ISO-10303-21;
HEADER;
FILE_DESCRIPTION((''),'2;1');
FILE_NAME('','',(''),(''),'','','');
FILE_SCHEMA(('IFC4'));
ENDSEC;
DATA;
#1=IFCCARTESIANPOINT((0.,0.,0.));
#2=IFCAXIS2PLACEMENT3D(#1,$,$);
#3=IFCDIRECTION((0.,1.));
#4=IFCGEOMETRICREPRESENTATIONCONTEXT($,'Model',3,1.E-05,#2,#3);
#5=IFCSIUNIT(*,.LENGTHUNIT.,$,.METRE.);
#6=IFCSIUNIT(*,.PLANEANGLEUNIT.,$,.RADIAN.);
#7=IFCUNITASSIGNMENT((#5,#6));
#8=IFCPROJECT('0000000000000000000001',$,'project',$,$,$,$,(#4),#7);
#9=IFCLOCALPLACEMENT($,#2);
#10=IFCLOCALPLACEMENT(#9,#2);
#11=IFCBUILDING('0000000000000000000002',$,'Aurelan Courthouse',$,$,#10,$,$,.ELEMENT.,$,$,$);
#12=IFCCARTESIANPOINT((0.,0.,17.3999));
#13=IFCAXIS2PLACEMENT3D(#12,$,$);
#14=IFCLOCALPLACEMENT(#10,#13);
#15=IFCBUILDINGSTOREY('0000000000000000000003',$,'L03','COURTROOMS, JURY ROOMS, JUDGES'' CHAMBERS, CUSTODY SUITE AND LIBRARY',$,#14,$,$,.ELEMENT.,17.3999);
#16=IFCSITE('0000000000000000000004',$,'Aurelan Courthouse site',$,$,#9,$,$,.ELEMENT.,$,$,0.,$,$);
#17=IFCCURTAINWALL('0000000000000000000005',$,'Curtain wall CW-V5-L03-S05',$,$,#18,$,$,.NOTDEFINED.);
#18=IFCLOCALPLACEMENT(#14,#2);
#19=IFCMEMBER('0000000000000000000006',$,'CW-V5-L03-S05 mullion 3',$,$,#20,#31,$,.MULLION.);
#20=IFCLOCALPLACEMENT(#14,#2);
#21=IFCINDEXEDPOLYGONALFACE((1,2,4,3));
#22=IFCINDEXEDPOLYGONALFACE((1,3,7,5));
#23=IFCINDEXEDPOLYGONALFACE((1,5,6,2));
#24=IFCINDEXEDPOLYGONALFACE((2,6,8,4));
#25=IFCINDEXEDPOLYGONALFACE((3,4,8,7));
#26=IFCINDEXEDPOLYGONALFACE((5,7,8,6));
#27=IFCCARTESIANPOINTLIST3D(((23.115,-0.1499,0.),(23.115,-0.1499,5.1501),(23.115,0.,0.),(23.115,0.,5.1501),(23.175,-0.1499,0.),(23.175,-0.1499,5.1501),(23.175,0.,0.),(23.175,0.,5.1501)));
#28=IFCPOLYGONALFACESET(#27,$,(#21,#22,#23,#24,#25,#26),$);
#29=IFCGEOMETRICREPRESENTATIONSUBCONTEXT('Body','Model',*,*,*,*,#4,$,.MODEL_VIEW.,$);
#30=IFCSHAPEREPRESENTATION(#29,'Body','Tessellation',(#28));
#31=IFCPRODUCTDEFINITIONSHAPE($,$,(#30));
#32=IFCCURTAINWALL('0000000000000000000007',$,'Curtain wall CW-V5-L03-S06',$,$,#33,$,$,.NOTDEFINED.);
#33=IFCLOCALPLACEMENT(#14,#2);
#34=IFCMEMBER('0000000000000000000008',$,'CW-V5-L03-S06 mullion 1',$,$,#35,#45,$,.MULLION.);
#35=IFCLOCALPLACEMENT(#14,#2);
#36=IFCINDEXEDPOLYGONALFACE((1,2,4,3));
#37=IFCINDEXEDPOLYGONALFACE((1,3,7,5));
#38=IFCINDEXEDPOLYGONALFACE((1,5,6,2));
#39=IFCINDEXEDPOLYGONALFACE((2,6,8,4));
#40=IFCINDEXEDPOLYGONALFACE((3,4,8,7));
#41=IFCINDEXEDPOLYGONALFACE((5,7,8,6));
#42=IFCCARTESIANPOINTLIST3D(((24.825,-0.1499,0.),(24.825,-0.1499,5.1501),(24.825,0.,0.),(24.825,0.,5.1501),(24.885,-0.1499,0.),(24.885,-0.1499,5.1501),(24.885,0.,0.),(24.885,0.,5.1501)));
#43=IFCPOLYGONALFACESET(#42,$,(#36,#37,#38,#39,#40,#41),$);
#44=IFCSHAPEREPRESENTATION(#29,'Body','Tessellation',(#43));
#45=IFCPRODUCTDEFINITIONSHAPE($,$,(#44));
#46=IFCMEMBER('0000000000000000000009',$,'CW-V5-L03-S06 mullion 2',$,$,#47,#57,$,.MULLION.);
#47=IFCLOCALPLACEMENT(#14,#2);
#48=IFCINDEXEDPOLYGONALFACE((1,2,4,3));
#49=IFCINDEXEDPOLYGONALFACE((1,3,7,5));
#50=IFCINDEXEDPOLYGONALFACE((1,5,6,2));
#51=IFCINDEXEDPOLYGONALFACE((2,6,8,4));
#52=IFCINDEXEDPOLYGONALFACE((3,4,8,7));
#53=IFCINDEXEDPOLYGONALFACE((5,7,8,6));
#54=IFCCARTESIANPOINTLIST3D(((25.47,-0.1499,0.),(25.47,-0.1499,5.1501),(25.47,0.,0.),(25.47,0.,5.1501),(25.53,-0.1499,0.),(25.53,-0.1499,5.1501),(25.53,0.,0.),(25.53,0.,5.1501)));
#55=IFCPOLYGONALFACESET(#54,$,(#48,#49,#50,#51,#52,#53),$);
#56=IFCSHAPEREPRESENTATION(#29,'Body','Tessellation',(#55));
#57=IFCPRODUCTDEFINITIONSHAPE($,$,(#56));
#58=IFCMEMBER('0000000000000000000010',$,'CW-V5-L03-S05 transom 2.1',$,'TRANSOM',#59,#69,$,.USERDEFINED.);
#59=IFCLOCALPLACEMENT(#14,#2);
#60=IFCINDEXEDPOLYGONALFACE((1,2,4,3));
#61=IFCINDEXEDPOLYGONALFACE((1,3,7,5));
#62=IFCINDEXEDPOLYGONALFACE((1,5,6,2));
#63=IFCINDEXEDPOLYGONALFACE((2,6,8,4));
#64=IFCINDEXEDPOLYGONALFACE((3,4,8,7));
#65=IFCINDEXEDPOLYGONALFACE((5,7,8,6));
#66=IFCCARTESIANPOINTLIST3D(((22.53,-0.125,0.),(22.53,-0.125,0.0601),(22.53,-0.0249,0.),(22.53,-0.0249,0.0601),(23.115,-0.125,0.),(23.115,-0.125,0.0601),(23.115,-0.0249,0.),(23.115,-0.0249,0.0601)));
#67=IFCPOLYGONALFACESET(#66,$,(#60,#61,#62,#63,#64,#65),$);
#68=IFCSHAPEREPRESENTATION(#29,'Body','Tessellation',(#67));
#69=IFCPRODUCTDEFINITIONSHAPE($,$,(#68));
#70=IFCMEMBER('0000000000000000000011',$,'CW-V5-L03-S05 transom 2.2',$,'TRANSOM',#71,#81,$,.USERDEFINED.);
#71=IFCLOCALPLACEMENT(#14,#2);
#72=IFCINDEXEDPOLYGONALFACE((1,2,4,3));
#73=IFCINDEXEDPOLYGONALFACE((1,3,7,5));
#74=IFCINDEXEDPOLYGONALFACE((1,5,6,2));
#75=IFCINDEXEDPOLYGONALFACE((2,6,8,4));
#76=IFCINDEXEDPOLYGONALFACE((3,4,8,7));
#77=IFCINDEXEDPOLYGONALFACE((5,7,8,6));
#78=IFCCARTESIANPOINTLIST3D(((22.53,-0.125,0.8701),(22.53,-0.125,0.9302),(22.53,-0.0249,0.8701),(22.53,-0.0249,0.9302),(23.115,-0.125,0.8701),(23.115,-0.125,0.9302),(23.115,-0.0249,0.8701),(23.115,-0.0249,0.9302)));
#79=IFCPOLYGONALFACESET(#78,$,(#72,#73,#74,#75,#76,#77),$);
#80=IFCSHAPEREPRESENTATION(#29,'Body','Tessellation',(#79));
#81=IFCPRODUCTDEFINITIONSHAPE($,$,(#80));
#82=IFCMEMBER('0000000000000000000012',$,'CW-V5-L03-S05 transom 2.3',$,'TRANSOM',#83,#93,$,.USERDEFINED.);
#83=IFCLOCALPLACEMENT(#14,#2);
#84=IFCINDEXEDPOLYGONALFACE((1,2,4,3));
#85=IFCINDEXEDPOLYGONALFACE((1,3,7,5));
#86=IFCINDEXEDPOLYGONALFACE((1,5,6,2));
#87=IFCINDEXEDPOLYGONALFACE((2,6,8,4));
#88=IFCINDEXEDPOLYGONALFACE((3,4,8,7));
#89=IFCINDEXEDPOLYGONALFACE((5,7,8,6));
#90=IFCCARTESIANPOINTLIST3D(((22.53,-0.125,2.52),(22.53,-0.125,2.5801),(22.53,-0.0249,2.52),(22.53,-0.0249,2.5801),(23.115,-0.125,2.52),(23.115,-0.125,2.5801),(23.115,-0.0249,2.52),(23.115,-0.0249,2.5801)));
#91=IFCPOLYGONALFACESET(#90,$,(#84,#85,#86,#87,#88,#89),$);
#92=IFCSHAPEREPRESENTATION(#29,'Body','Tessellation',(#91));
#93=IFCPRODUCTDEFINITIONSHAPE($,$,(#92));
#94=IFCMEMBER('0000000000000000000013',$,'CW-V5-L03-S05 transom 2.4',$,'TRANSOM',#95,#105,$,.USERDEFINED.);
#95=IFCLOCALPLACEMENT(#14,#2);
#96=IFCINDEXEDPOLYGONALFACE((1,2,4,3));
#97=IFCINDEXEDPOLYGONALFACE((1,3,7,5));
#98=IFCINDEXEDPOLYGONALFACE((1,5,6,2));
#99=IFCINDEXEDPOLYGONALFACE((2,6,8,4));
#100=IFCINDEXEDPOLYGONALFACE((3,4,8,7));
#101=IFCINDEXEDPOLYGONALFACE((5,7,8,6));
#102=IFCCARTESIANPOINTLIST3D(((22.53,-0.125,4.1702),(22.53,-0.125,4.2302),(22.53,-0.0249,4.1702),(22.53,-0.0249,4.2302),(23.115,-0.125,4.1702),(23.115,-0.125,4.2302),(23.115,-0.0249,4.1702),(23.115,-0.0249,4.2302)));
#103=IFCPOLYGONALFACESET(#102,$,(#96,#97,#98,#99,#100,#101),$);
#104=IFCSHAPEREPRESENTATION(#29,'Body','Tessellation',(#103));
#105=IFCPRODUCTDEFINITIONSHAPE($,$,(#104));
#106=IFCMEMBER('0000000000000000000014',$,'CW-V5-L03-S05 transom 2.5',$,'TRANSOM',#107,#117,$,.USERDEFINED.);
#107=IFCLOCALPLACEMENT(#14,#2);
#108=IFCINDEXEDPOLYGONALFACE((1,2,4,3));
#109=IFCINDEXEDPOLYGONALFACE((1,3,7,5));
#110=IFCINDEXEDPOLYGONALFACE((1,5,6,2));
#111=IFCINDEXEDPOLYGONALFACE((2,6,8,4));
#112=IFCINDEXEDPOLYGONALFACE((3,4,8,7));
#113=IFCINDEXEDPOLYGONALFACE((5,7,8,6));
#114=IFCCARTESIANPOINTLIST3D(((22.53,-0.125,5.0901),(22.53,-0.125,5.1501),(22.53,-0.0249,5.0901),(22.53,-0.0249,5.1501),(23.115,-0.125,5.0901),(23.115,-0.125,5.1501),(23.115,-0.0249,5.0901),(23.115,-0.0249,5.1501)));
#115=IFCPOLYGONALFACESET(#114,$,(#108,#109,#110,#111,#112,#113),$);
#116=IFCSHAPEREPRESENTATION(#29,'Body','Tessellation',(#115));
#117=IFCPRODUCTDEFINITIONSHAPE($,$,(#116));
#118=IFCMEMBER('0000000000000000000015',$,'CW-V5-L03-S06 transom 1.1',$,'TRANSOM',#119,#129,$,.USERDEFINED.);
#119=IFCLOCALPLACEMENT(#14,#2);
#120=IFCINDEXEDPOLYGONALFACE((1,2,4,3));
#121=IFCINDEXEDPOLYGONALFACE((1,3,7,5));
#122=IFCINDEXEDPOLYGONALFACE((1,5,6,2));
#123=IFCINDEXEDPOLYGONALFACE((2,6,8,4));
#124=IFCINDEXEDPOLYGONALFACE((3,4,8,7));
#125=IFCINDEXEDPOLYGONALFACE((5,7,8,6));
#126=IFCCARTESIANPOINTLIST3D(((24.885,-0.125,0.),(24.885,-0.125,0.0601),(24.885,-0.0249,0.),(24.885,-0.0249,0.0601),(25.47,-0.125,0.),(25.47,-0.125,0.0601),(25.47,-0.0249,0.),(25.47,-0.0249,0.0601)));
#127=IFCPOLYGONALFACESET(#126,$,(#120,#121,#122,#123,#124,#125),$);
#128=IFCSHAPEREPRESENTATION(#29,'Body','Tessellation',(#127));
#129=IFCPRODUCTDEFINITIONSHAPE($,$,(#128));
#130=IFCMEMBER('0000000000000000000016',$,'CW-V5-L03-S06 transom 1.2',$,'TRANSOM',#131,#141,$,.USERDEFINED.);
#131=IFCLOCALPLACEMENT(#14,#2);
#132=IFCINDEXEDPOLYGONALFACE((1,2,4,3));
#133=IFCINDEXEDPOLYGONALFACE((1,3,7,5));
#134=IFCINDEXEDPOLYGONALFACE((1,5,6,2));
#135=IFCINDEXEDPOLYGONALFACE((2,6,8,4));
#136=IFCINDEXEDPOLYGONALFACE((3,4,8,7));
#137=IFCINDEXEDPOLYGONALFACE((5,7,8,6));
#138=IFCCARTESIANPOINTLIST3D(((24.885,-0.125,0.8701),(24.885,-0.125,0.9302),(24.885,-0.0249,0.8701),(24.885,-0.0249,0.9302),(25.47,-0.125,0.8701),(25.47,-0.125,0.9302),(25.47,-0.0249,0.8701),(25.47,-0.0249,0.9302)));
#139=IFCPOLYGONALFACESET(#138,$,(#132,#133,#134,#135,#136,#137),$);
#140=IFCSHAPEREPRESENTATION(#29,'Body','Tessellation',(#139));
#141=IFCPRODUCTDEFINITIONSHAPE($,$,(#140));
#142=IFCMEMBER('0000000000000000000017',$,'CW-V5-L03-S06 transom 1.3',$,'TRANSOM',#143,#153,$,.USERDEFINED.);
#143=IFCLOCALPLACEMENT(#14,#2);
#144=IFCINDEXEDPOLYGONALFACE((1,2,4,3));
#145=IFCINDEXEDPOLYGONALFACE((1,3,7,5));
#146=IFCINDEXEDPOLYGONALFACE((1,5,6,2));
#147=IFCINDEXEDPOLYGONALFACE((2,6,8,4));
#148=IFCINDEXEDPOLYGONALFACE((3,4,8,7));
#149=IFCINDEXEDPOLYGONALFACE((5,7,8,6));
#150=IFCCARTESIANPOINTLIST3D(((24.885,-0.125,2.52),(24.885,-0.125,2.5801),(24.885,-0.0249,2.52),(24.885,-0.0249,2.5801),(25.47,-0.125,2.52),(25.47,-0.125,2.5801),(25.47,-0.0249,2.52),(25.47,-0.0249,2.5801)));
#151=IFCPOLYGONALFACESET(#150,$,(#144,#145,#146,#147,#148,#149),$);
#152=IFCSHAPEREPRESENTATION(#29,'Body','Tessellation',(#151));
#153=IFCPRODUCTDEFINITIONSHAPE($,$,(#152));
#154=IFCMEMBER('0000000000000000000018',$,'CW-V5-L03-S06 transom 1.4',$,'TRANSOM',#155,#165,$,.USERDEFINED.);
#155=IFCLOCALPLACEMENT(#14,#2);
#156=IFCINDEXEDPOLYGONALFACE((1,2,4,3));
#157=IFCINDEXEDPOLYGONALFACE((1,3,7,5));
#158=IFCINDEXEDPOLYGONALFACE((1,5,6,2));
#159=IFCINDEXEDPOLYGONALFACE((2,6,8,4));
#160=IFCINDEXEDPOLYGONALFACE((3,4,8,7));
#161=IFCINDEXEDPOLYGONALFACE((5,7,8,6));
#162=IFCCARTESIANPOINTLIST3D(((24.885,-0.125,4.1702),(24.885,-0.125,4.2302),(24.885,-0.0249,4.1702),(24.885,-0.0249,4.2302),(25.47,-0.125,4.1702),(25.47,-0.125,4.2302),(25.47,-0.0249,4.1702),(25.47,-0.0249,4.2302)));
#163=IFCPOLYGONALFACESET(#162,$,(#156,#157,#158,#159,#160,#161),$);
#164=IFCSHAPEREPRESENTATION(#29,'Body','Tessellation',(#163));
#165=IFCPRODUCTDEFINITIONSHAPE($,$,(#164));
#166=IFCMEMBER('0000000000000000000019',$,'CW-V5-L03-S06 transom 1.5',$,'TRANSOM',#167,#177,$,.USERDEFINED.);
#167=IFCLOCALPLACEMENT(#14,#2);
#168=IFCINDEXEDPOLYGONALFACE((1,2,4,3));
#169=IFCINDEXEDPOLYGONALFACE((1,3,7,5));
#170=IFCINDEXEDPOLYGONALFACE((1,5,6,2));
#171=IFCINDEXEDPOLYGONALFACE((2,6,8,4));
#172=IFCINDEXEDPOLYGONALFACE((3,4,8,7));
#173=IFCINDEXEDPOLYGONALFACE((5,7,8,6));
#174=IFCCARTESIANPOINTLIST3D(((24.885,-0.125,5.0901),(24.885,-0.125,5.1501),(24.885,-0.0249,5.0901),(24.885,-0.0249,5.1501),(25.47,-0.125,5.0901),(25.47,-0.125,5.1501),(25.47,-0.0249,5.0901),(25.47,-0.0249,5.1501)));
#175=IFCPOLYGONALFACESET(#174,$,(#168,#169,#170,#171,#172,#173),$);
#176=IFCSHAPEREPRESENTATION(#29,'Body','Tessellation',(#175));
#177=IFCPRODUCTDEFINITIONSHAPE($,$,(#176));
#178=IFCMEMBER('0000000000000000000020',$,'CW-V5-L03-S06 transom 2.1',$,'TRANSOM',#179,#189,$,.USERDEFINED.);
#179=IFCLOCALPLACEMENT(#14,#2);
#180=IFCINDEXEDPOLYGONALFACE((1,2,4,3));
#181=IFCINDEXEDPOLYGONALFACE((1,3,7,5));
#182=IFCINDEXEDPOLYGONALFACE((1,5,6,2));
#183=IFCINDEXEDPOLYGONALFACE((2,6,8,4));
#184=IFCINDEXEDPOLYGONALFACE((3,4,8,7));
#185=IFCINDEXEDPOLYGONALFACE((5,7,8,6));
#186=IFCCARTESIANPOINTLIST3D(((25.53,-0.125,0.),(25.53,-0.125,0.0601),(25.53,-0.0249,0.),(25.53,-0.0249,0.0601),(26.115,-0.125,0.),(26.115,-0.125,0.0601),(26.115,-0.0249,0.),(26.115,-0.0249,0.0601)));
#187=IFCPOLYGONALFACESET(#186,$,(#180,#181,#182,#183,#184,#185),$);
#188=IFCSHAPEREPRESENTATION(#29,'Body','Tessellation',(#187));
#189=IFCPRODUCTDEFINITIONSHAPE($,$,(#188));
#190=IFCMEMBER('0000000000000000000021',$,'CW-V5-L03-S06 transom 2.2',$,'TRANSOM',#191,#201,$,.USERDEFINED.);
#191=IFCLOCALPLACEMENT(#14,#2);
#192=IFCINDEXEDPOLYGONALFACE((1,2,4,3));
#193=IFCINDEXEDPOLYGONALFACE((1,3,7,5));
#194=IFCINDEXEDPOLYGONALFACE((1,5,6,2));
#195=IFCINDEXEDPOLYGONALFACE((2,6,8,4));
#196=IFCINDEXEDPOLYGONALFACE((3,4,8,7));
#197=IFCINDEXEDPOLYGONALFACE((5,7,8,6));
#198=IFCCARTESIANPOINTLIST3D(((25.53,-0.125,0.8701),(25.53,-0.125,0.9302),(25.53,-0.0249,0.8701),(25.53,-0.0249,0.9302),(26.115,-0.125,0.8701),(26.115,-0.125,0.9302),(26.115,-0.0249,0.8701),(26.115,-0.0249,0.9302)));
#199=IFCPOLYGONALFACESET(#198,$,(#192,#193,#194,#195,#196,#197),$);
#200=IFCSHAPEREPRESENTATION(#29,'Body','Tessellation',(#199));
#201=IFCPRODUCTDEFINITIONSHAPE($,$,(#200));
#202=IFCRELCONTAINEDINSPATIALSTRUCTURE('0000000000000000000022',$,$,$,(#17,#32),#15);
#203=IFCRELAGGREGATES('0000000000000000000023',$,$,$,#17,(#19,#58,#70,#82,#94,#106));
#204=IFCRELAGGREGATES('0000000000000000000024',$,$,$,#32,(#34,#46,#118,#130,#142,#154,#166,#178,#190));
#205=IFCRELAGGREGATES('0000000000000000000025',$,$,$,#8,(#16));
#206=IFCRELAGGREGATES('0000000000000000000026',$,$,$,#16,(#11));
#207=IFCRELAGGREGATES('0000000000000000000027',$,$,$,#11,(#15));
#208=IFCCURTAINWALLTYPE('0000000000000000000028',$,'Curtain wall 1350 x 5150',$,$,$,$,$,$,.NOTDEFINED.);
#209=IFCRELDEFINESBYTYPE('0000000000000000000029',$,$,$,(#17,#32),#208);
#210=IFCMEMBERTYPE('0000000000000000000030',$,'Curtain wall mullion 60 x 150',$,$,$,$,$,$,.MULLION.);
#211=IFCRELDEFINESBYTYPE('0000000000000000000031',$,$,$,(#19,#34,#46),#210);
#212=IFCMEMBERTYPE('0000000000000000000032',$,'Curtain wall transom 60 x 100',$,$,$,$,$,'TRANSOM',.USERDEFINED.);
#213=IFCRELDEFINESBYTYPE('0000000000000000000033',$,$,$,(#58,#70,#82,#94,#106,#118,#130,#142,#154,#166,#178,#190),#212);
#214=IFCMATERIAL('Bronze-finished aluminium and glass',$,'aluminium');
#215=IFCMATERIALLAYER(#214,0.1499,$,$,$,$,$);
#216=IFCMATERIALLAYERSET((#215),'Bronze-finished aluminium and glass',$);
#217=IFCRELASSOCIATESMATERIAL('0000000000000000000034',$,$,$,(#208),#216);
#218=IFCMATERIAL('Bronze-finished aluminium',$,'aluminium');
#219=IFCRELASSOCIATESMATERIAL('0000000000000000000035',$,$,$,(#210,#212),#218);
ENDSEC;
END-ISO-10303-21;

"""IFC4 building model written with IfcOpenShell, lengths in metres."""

from ifc_helpers import new_model, si_unit, direction, frame, origin, origin_2d, place, context, subcontext, project, spatial, rectangle, extrude, material, layer, layer_set, material_profile, profile_set, type_object, element, aggregate, save


model = new_model("IFC4")

# Units and contexts
model_context = context("Model", 3, precision=1e-05, world=origin(), true_north=direction((0.0, 1.0)))
body_context = subcontext(model_context, "Body", "Model", "MODEL_VIEW")
ifc_project = project(units=[si_unit("LENGTHUNIT", "METRE"), si_unit("PLANEANGLEUNIT", "RADIAN")], contexts=[model_context])

# Site, building, storey
site_placement = place(None, origin())
site = spatial("IfcSite", under=ifc_project, at=site_placement, Name="Aurelan Courthouse site", CompositionType="ELEMENT", RefElevation=0.0)
building_placement = place(site_placement, origin())
building = spatial("IfcBuilding", under=site, at=building_placement, Name="Aurelan Courthouse", CompositionType="ELEMENT")
storey_placement = place(building_placement, frame((0.0, 0.0, 17.3999)))
storey = spatial("IfcBuildingStorey", under=building, at=storey_placement, Name="L03", Description="COURTROOMS, JURY ROOMS, JUDGES' CHAMBERS, CUSTODY SUITE AND LIBRARY", CompositionType="ELEMENT", Elevation=17.3999)

# Curtain wall, member
ifc_material_1 = material(Name="Bronze-finished aluminium and glass", Category="aluminium")
ifc_layer_1 = layer(ifc_material_1, 0.1499)
ifc_layer_set_1 = layer_set([ifc_layer_1], Name="Bronze-finished aluminium and glass")
curtain_wall_type = type_object("IfcCurtainWallType", Name="Curtain wall 1350 x 5150", PredefinedType="NOTDEFINED", material=ifc_layer_set_1)
curtain_wall_1_placement = place(storey_placement, origin())
curtain_wall_1 = element("IfcCurtainWall", 1, at=curtain_wall_1_placement, inside=storey, type_object=curtain_wall_type, Name="Curtain wall CW-V5-L03-S05", PredefinedType="NOTDEFINED")
ifc_material_2 = material(Name="Bronze-finished aluminium", Category="aluminium")
ifc_material_profile_1 = material_profile(ifc_material_2, rectangle(XDim=0.1499, YDim=0.0601, at=origin_2d()), Name="Bronze mullion 60 x 150")
ifc_profile_set_1 = profile_set([ifc_material_profile_1], Name="Bronze-finished aluminium")
member_type_1 = type_object("IfcMemberType", Name="Curtain wall mullion 60 x 150", PredefinedType="MULLION", material=ifc_profile_set_1)
member_1_placement = place(storey_placement, frame((23.145, -0.075, 0.0), z_axis=(0.0, 0.0, 1.0), x_axis=(0.0, 1.0, 0.0)))
member_1 = element("IfcMember", 2, at=member_1_placement, type_object=member_type_1, Name="CW-V5-L03-S05 mullion 3", PredefinedType="MULLION", context=body_context, shape_type="SweptSolid", body=[
    extrude(rectangle(XDim=0.1499, YDim=0.0601, at=origin_2d()), origin(), (0.0, 0.0, 1.0), 5.1501),
])

# Curtain wall, members
curtain_wall_2_placement = place(storey_placement, origin())
curtain_wall_2 = element("IfcCurtainWall", 3, at=curtain_wall_2_placement, inside=storey, type_object=curtain_wall_type, Name="Curtain wall CW-V5-L03-S06", PredefinedType="NOTDEFINED")
member_2_placement = place(storey_placement, frame((24.855, -0.075, 0.0), z_axis=(0.0, 0.0, 1.0), x_axis=(0.0, 1.0, 0.0)))
member_2 = element("IfcMember", 4, at=member_2_placement, type_object=member_type_1, Name="CW-V5-L03-S06 mullion 1", PredefinedType="MULLION", context=body_context, shape_type="SweptSolid", body=[
    extrude(rectangle(XDim=0.1499, YDim=0.0601, at=origin_2d()), origin(), (0.0, 0.0, 1.0), 5.1501),
])
member_3_placement = place(storey_placement, frame((25.5, -0.075, 0.0), z_axis=(0.0, 0.0, 1.0), x_axis=(0.0, 1.0, 0.0)))
member_3 = element("IfcMember", 5, at=member_3_placement, type_object=member_type_1, Name="CW-V5-L03-S06 mullion 2", PredefinedType="MULLION", context=body_context, shape_type="SweptSolid", body=[
    extrude(rectangle(XDim=0.1499, YDim=0.0601, at=origin_2d()), origin(), (0.0, 0.0, 1.0), 5.1501),
])

# Members
ifc_material_profile_2 = material_profile(ifc_material_2, rectangle(XDim=0.1001, YDim=0.0601, at=origin_2d()), Name="Bronze transom 60 x 100")
ifc_profile_set_2 = profile_set([ifc_material_profile_2], Name="Bronze-finished aluminium")
member_type_2 = type_object("IfcMemberType", Name="Curtain wall transom 60 x 100", ElementType="TRANSOM", PredefinedType="USERDEFINED", material=ifc_profile_set_2)
member_4_placement = place(storey_placement, frame((22.53, -0.075, 0.03), z_axis=(1.0, 0.0, 0.0), x_axis=(0.0, 1.0, 0.0)))
member_4 = element("IfcMember", 6, at=member_4_placement, type_object=member_type_2, Name="CW-V5-L03-S05 transom 2.1", ObjectType="TRANSOM", PredefinedType="USERDEFINED", context=body_context, shape_type="SweptSolid", body=[
    extrude(rectangle(XDim=0.1001, YDim=0.0601, at=origin_2d()), origin(), (0.0, 0.0, 1.0), 0.585),
])
member_5_placement = place(storey_placement, frame((22.53, -0.075, 0.9001), z_axis=(1.0, 0.0, 0.0), x_axis=(0.0, 1.0, 0.0)))
member_5 = element("IfcMember", 7, at=member_5_placement, type_object=member_type_2, Name="CW-V5-L03-S05 transom 2.2", ObjectType="TRANSOM", PredefinedType="USERDEFINED", context=body_context, shape_type="SweptSolid", body=[
    extrude(rectangle(XDim=0.1001, YDim=0.0601, at=origin_2d()), origin(), (0.0, 0.0, 1.0), 0.585),
])
member_6_placement = place(storey_placement, frame((22.53, -0.075, 2.55), z_axis=(1.0, 0.0, 0.0), x_axis=(0.0, 1.0, 0.0)))
member_6 = element("IfcMember", 8, at=member_6_placement, type_object=member_type_2, Name="CW-V5-L03-S05 transom 2.3", ObjectType="TRANSOM", PredefinedType="USERDEFINED", context=body_context, shape_type="SweptSolid", body=[
    extrude(rectangle(XDim=0.1001, YDim=0.0601, at=origin_2d()), origin(), (0.0, 0.0, 1.0), 0.585),
])
member_7_placement = place(storey_placement, frame((22.53, -0.075, 4.2002), z_axis=(1.0, 0.0, 0.0), x_axis=(0.0, 1.0, 0.0)))
member_7 = element("IfcMember", 9, at=member_7_placement, type_object=member_type_2, Name="CW-V5-L03-S05 transom 2.4", ObjectType="TRANSOM", PredefinedType="USERDEFINED", context=body_context, shape_type="SweptSolid", body=[
    extrude(rectangle(XDim=0.1001, YDim=0.0601, at=origin_2d()), origin(), (0.0, 0.0, 1.0), 0.585),
])
member_8_placement = place(storey_placement, frame((22.53, -0.075, 5.1201), z_axis=(1.0, 0.0, 0.0), x_axis=(0.0, 1.0, 0.0)))
member_8 = element("IfcMember", 10, at=member_8_placement, type_object=member_type_2, Name="CW-V5-L03-S05 transom 2.5", ObjectType="TRANSOM", PredefinedType="USERDEFINED", context=body_context, shape_type="SweptSolid", body=[
    extrude(rectangle(XDim=0.1001, YDim=0.0601, at=origin_2d()), origin(), (0.0, 0.0, 1.0), 0.585),
])
member_9_placement = place(storey_placement, frame((24.885, -0.075, 0.03), z_axis=(1.0, 0.0, 0.0), x_axis=(0.0, 1.0, 0.0)))
member_9 = element("IfcMember", 11, at=member_9_placement, type_object=member_type_2, Name="CW-V5-L03-S06 transom 1.1", ObjectType="TRANSOM", PredefinedType="USERDEFINED", context=body_context, shape_type="SweptSolid", body=[
    extrude(rectangle(XDim=0.1001, YDim=0.0601, at=origin_2d()), origin(), (0.0, 0.0, 1.0), 0.585),
])
member_10_placement = place(storey_placement, frame((24.885, -0.075, 0.9001), z_axis=(1.0, 0.0, 0.0), x_axis=(0.0, 1.0, 0.0)))
member_10 = element("IfcMember", 12, at=member_10_placement, type_object=member_type_2, Name="CW-V5-L03-S06 transom 1.2", ObjectType="TRANSOM", PredefinedType="USERDEFINED", context=body_context, shape_type="SweptSolid", body=[
    extrude(rectangle(XDim=0.1001, YDim=0.0601, at=origin_2d()), origin(), (0.0, 0.0, 1.0), 0.585),
])
member_11_placement = place(storey_placement, frame((24.885, -0.075, 2.55), z_axis=(1.0, 0.0, 0.0), x_axis=(0.0, 1.0, 0.0)))
member_11 = element("IfcMember", 13, at=member_11_placement, type_object=member_type_2, Name="CW-V5-L03-S06 transom 1.3", ObjectType="TRANSOM", PredefinedType="USERDEFINED", context=body_context, shape_type="SweptSolid", body=[
    extrude(rectangle(XDim=0.1001, YDim=0.0601, at=origin_2d()), origin(), (0.0, 0.0, 1.0), 0.585),
])
member_12_placement = place(storey_placement, frame((24.885, -0.075, 4.2002), z_axis=(1.0, 0.0, 0.0), x_axis=(0.0, 1.0, 0.0)))
member_12 = element("IfcMember", 14, at=member_12_placement, type_object=member_type_2, Name="CW-V5-L03-S06 transom 1.4", ObjectType="TRANSOM", PredefinedType="USERDEFINED", context=body_context, shape_type="SweptSolid", body=[
    extrude(rectangle(XDim=0.1001, YDim=0.0601, at=origin_2d()), origin(), (0.0, 0.0, 1.0), 0.585),
])
member_13_placement = place(storey_placement, frame((24.885, -0.075, 5.1201), z_axis=(1.0, 0.0, 0.0), x_axis=(0.0, 1.0, 0.0)))
member_13 = element("IfcMember", 15, at=member_13_placement, type_object=member_type_2, Name="CW-V5-L03-S06 transom 1.5", ObjectType="TRANSOM", PredefinedType="USERDEFINED", context=body_context, shape_type="SweptSolid", body=[
    extrude(rectangle(XDim=0.1001, YDim=0.0601, at=origin_2d()), origin(), (0.0, 0.0, 1.0), 0.585),
])
member_14_placement = place(storey_placement, frame((25.53, -0.075, 0.03), z_axis=(1.0, 0.0, 0.0), x_axis=(0.0, 1.0, 0.0)))
member_14 = element("IfcMember", 16, at=member_14_placement, type_object=member_type_2, Name="CW-V5-L03-S06 transom 2.1", ObjectType="TRANSOM", PredefinedType="USERDEFINED", context=body_context, shape_type="SweptSolid", body=[
    extrude(rectangle(XDim=0.1001, YDim=0.0601, at=origin_2d()), origin(), (0.0, 0.0, 1.0), 0.585),
])
member_15_placement = place(storey_placement, frame((25.53, -0.075, 0.9001), z_axis=(1.0, 0.0, 0.0), x_axis=(0.0, 1.0, 0.0)))
member_15 = element("IfcMember", 17, at=member_15_placement, type_object=member_type_2, Name="CW-V5-L03-S06 transom 2.2", ObjectType="TRANSOM", PredefinedType="USERDEFINED", context=body_context, shape_type="SweptSolid", body=[
    extrude(rectangle(XDim=0.1001, YDim=0.0601, at=origin_2d()), origin(), (0.0, 0.0, 1.0), 0.585),
])

aggregate(curtain_wall_1, [member_1, member_4, member_5, member_6, member_7, member_8])
aggregate(curtain_wall_2, [member_2, member_3, member_9, member_10, member_11, member_12, member_13, member_14, member_15])

save(model, "model.ifc")
